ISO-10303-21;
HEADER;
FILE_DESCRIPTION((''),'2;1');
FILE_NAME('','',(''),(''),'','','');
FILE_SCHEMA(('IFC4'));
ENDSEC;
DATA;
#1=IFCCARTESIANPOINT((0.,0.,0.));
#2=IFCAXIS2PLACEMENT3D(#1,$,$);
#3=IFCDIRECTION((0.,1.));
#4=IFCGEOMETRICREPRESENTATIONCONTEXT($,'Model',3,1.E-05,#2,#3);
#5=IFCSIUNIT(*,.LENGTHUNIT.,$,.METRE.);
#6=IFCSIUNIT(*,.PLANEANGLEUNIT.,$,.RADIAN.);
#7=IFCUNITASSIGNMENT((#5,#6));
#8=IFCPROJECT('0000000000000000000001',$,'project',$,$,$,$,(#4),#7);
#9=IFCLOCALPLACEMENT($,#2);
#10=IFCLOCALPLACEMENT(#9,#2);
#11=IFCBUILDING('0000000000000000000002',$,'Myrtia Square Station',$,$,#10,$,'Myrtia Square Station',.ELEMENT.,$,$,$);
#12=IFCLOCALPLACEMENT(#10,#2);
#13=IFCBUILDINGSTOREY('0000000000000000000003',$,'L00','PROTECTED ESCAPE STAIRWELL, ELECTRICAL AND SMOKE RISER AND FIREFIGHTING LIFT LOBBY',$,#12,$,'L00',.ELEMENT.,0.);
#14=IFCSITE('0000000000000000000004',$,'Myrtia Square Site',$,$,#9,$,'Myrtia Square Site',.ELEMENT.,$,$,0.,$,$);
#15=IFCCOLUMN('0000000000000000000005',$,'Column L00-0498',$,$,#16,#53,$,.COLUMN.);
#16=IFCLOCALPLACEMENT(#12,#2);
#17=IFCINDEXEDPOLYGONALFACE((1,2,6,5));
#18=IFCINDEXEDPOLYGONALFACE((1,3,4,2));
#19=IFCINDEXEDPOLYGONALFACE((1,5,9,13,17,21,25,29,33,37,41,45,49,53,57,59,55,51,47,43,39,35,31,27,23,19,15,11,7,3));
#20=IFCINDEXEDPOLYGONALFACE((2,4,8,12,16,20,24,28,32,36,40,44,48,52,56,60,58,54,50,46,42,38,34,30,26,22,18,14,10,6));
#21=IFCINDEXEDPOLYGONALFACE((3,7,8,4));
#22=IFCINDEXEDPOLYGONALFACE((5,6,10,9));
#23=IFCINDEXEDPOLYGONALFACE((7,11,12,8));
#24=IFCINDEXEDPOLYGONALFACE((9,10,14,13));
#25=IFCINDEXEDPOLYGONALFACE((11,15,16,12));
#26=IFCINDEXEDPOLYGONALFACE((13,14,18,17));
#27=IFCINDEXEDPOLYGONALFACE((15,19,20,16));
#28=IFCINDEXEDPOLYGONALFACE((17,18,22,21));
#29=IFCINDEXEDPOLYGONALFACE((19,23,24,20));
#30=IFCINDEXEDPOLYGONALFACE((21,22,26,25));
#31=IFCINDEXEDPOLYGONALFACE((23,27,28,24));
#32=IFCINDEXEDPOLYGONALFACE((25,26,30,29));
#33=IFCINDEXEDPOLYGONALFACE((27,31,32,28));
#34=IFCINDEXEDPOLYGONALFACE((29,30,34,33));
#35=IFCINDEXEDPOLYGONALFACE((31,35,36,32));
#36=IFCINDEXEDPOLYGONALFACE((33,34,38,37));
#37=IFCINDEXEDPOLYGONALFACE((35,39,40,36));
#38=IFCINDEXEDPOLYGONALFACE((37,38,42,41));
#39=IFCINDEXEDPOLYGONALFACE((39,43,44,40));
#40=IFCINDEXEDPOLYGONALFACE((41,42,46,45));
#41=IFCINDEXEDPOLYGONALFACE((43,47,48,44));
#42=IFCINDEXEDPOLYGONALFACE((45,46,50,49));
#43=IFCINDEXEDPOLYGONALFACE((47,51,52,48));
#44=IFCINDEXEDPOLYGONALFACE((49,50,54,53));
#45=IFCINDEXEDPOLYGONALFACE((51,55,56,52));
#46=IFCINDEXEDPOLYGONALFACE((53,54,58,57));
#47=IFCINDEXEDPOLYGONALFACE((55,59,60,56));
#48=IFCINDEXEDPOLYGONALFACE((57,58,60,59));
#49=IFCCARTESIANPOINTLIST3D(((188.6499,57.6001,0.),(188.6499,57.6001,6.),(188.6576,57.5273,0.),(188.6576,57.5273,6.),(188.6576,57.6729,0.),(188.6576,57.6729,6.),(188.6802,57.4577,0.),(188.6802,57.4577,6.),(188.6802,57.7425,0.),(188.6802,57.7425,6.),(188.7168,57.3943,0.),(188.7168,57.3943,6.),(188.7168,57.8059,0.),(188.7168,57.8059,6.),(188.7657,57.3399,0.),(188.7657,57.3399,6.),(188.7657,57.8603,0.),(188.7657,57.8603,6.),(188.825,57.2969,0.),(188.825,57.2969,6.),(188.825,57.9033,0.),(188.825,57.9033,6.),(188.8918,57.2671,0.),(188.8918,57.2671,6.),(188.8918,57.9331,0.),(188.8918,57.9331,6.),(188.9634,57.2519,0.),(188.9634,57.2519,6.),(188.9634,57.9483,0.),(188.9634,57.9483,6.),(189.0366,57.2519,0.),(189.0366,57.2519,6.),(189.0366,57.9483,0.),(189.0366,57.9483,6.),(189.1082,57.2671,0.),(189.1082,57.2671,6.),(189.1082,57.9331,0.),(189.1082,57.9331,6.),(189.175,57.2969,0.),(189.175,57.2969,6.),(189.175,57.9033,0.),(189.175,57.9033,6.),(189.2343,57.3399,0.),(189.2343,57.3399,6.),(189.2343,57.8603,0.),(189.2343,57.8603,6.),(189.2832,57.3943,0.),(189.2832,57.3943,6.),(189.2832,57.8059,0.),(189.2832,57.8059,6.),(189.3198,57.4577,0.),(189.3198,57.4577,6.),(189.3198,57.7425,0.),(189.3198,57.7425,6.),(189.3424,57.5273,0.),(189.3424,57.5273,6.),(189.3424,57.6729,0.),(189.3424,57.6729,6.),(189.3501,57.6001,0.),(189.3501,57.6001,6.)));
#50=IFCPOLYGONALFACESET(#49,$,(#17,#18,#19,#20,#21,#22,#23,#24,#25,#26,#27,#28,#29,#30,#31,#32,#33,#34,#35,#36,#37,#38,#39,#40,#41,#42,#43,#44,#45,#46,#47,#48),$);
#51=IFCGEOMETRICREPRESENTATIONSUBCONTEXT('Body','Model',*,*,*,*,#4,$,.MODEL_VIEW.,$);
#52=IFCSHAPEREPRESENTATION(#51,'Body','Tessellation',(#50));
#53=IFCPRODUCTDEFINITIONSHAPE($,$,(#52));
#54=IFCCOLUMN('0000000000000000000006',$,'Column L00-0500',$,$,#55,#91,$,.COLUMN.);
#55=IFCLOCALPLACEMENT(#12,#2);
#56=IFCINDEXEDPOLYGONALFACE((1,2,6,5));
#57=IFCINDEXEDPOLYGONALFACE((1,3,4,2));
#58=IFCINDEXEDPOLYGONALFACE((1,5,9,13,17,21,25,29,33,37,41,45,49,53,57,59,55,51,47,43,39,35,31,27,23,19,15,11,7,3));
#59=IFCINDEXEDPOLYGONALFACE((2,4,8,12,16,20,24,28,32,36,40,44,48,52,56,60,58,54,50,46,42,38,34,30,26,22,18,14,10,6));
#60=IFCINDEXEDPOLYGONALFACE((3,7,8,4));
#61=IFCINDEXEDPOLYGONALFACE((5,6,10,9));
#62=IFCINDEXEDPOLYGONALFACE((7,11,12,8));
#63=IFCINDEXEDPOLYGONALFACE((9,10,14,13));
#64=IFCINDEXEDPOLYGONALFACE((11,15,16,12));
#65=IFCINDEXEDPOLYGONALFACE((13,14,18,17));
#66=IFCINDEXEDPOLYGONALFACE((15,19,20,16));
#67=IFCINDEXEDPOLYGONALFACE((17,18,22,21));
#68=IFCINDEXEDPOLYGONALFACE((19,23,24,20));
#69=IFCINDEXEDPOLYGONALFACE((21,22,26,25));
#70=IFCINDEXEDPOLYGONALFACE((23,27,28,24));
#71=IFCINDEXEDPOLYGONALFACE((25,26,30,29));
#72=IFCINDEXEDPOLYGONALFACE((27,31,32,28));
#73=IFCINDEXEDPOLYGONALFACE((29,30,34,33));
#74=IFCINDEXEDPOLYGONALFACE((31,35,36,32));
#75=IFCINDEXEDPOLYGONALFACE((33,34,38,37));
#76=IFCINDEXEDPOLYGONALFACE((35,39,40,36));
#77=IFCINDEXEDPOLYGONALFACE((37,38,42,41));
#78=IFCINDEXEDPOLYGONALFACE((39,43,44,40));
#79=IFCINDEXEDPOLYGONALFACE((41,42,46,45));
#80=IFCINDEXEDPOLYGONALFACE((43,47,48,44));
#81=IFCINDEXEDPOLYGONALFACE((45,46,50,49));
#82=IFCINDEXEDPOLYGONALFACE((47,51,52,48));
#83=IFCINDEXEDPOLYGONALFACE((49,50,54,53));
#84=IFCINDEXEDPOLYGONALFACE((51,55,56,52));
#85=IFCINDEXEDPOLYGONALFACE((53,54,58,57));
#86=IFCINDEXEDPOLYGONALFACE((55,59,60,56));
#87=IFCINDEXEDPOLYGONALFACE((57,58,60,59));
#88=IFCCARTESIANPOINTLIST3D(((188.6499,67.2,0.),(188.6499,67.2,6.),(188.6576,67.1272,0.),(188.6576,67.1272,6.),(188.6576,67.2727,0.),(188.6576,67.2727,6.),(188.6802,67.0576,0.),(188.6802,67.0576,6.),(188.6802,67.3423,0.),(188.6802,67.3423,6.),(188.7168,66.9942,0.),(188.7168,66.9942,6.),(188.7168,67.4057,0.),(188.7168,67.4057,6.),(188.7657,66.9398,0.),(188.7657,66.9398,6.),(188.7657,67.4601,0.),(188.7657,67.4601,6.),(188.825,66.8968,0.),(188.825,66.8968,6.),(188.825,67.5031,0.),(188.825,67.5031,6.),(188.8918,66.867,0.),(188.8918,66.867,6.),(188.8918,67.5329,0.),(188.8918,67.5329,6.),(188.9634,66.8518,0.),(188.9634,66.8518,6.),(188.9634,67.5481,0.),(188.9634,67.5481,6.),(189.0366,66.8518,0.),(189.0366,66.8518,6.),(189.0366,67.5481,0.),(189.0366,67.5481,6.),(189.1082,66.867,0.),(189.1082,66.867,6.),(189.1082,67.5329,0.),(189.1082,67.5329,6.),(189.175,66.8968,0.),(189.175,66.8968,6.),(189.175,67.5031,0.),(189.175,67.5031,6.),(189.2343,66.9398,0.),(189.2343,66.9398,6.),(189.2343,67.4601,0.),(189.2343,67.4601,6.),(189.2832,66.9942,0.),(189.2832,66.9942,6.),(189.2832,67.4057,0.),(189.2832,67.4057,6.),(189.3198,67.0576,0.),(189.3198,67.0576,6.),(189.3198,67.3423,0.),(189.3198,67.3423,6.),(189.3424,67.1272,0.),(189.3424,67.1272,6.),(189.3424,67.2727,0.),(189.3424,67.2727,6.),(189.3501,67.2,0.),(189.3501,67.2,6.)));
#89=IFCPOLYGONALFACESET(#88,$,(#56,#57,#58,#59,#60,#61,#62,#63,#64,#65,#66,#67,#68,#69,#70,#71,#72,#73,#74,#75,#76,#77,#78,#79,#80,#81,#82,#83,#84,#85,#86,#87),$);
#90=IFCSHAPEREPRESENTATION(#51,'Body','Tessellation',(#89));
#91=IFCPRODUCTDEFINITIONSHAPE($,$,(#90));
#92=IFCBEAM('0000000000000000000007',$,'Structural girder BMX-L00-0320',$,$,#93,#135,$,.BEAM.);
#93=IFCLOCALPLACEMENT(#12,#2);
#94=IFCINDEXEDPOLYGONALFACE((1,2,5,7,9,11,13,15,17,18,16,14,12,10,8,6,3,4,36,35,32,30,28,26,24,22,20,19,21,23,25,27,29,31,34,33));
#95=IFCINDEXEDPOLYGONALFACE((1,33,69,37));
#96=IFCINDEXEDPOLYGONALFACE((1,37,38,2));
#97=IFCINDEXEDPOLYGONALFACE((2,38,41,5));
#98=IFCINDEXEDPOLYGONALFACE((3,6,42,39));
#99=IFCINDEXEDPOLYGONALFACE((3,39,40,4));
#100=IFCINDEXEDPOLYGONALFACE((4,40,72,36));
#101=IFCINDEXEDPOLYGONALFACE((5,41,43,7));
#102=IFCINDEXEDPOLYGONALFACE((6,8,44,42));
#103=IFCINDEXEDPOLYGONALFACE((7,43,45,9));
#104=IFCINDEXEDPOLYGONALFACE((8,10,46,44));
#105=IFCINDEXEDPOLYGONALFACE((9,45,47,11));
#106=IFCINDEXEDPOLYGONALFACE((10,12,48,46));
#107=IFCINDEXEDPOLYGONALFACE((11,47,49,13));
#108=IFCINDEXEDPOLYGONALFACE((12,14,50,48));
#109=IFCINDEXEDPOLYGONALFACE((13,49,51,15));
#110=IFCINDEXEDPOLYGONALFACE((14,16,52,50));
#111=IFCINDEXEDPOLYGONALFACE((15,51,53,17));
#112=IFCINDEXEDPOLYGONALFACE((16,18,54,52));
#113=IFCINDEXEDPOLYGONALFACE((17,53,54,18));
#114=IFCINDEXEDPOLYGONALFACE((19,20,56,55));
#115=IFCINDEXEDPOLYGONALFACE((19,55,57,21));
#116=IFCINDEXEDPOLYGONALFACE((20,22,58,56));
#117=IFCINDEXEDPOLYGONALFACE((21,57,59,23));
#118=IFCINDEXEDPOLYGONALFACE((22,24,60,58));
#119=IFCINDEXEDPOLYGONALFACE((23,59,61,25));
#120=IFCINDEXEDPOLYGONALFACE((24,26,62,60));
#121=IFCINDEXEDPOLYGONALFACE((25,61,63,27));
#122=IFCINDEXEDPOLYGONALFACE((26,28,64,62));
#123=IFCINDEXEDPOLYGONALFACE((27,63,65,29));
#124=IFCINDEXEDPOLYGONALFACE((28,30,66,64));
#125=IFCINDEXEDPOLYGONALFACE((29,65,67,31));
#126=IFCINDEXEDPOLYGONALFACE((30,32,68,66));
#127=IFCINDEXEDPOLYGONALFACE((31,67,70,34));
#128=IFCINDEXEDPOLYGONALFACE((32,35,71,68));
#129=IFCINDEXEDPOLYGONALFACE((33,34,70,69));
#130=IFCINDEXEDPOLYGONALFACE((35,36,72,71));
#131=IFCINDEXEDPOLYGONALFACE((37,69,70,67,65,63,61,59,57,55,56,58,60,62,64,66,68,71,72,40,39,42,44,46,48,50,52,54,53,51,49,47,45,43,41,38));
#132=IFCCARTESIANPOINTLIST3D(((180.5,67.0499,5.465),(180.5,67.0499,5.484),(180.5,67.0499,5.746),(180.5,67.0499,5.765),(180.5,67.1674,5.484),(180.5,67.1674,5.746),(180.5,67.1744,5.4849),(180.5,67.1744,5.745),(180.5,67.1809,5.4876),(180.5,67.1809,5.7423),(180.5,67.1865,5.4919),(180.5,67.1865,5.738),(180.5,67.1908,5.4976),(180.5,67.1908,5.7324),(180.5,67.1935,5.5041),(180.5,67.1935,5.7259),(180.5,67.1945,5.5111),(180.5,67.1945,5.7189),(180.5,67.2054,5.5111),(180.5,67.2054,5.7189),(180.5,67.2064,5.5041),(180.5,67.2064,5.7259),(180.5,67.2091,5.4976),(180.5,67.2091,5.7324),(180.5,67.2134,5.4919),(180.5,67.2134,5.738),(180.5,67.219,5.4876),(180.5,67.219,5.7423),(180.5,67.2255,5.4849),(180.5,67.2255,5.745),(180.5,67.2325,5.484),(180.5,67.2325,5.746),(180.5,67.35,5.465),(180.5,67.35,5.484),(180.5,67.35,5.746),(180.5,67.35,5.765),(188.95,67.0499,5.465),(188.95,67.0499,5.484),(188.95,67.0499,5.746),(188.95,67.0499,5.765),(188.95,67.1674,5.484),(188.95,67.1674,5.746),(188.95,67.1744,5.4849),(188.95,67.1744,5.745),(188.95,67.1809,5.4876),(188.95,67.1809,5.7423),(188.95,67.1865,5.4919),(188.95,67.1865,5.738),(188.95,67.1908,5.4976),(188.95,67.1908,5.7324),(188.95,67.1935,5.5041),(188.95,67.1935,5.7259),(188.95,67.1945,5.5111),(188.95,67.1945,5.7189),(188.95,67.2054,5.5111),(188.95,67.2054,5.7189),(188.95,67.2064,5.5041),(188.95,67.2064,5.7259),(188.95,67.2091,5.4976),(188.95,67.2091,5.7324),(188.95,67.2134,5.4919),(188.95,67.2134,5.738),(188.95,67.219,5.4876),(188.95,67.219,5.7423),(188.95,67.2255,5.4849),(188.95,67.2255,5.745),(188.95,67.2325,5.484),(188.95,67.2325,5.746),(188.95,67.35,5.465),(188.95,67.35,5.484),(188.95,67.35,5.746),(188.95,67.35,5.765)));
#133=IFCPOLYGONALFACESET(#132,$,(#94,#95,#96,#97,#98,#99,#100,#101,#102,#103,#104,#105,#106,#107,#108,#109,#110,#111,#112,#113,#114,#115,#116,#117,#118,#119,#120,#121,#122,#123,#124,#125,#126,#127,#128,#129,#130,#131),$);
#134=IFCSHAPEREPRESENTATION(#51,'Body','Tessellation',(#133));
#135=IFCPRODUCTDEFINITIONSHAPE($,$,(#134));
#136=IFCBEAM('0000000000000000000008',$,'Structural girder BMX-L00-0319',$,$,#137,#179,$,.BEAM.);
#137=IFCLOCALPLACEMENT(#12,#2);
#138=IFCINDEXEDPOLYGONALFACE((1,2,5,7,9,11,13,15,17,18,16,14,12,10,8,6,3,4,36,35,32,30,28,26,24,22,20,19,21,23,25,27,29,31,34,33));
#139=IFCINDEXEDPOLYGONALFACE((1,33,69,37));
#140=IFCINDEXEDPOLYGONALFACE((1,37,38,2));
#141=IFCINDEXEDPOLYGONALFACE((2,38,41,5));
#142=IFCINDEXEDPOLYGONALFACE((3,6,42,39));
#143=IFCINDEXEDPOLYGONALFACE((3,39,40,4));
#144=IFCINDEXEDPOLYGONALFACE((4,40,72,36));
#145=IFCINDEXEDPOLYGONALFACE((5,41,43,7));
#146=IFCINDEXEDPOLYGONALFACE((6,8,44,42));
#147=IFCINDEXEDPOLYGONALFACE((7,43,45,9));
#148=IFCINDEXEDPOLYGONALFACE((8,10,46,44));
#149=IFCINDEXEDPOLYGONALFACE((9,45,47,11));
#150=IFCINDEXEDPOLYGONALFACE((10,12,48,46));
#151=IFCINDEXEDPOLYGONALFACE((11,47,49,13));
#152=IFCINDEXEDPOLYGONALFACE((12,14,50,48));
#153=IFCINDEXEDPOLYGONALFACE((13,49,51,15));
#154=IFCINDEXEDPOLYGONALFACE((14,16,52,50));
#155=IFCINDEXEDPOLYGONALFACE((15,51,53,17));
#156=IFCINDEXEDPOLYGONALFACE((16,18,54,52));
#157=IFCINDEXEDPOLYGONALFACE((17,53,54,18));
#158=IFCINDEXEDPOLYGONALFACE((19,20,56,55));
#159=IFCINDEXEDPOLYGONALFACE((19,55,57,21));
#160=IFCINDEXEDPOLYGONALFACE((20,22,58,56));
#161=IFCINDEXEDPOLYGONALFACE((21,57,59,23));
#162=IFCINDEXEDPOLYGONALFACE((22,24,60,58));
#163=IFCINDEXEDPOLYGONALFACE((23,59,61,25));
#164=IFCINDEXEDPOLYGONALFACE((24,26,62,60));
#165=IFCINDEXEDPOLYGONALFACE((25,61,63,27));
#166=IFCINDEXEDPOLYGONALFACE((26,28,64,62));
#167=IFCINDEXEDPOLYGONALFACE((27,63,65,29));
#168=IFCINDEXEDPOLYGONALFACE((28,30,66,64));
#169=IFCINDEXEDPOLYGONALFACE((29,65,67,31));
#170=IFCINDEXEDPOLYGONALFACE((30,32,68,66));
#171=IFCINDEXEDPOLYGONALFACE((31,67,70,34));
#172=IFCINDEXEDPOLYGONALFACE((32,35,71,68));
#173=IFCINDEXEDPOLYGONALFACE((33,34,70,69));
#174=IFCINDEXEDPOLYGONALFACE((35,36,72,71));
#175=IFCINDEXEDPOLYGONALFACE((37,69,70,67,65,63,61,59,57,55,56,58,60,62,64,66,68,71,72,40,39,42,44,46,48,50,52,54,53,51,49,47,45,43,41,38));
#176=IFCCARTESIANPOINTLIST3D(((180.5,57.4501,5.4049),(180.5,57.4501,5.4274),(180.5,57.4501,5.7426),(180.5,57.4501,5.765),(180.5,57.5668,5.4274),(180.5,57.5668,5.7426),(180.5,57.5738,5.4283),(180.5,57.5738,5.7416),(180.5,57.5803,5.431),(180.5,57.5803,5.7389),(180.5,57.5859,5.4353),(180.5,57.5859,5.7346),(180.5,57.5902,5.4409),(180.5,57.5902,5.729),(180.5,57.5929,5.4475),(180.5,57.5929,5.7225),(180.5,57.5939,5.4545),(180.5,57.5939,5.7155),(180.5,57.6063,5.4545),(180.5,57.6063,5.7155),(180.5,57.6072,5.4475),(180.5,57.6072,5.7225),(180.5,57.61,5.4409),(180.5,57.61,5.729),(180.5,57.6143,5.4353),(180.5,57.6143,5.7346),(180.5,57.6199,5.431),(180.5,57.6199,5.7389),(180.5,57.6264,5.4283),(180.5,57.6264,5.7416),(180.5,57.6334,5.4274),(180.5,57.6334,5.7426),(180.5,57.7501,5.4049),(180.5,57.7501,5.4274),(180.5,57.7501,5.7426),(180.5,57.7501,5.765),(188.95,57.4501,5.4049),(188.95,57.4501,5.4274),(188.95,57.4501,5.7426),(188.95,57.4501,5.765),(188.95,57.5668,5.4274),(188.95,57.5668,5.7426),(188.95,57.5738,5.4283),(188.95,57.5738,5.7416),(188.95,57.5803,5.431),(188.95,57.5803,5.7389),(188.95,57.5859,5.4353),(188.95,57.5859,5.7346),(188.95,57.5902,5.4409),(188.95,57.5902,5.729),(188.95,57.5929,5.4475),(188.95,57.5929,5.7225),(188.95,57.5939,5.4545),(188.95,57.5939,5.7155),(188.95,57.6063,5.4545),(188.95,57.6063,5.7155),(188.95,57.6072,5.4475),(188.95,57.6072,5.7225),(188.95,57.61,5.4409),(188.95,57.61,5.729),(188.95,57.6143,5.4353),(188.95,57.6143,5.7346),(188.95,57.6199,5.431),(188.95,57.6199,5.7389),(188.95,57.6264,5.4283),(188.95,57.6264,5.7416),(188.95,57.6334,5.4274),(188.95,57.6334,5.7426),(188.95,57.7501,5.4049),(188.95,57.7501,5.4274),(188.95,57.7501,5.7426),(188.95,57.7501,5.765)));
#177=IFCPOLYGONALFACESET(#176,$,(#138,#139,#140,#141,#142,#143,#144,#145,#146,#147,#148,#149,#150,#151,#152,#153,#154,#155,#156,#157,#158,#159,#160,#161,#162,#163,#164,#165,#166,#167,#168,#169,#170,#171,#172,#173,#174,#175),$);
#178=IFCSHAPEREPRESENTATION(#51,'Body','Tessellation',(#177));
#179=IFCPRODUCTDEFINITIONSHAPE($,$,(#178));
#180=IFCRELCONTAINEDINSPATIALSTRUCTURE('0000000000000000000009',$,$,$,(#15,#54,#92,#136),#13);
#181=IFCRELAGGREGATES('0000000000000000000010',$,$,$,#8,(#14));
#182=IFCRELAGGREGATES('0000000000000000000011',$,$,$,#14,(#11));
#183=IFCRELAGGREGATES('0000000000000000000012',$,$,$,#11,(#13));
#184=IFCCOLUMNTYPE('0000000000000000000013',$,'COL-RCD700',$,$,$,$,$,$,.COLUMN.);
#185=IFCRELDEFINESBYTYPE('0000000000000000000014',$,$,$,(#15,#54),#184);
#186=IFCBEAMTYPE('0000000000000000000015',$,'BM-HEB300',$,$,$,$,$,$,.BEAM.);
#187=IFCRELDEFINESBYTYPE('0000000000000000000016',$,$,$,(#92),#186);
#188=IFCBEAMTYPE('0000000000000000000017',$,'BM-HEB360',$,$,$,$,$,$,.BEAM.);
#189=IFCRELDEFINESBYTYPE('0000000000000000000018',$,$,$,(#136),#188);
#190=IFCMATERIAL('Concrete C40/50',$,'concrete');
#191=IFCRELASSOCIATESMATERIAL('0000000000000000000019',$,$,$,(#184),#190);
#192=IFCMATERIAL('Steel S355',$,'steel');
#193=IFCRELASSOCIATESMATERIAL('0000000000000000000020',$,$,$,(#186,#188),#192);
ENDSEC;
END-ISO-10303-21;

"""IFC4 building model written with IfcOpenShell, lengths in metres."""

from ifc_helpers import new_model, si_unit, direction, frame, origin, origin_2d, place, context, subcontext, project, spatial, circle, i_section, extrude, material, material_profile, profile_set, type_object, element, save


model = new_model("IFC4")

# Units and contexts
model_context = context("Model", 3, precision=1e-05, world=origin(), true_north=direction((0.0, 1.0)))
body_context = subcontext(model_context, "Body", "Model", "MODEL_VIEW")
ifc_project = project(units=[si_unit("LENGTHUNIT", "METRE"), si_unit("PLANEANGLEUNIT", "RADIAN")], contexts=[model_context])

# Site, building, storey
site_placement = place(None, origin())
site = spatial("IfcSite", under=ifc_project, at=site_placement, Name="Myrtia Square Site", LongName="Myrtia Square Site", CompositionType="ELEMENT", RefElevation=0.0)
building_placement = place(site_placement, origin())
building = spatial("IfcBuilding", under=site, at=building_placement, Name="Myrtia Square Station", LongName="Myrtia Square Station", CompositionType="ELEMENT")
storey_placement = place(building_placement, origin())
storey = spatial("IfcBuildingStorey", under=building, at=storey_placement, Name="L00", Description="PROTECTED ESCAPE STAIRWELL, ELECTRICAL AND SMOKE RISER AND FIREFIGHTING LIFT LOBBY", LongName="L00", CompositionType="ELEMENT", Elevation=0.0)

# Columns
ifc_material_1 = material(Name="Concrete C40/50", Category="concrete")
ifc_material_profile_1 = material_profile(ifc_material_1, circle(Radius=0.3501, at=origin_2d()), Name="RC D700")
ifc_profile_set_1 = profile_set([ifc_material_profile_1], Name="Concrete C40/50")
column_type = type_object("IfcColumnType", Name="COL-RCD700", PredefinedType="COLUMN", material=ifc_profile_set_1)
for number, where, z_axis, x_axis, name in (
    (1, (189.0, 57.6001, 0.0), (0.0, 0.0, 1.0), (1.0, 0.0, 0.0), "Column L00-0498"),
    (2, (189.0, 67.2, 0.0), (0.0, 0.0, 1.0), (1.0, 0.0, 0.0), "Column L00-0500"),
):
    element("IfcColumn", number, at=place(storey_placement, frame(where, z_axis=z_axis, x_axis=x_axis)), inside=storey, type_object=column_type, Name=name, PredefinedType="COLUMN", context=body_context, shape_type="SweptSolid", body=[
        extrude(circle(Radius=0.3501, at=origin_2d()), origin(), (0.0, 0.0, 1.0), 6.0),
    ])

# Beams
ifc_material_2 = material(Name="Steel S355", Category="steel")
ifc_material_profile_2 = material_profile(ifc_material_2, i_section(OverallWidth=0.3, OverallDepth=0.3, WebThickness=0.011, FlangeThickness=0.019, FilletRadius=0.0271, at=origin_2d()), Name="HEB 300")
ifc_profile_set_2 = profile_set([ifc_material_profile_2], Name="Steel S355")
beam_type_1 = type_object("IfcBeamType", Name="BM-HEB300", PredefinedType="BEAM", material=ifc_profile_set_2)
beam_1_placement = place(storey_placement, frame((180.5, 67.2, 5.615), z_axis=(1.0, 0.0, 0.0), x_axis=(0.0, 1.0, 0.0)))
element("IfcBeam", 3, at=beam_1_placement, inside=storey, type_object=beam_type_1, Name="Structural girder BMX-L00-0320", PredefinedType="BEAM", context=body_context, shape_type="SweptSolid", body=[
    extrude(i_section(OverallWidth=0.3, OverallDepth=0.3, WebThickness=0.011, FlangeThickness=0.019, FilletRadius=0.0271, at=origin_2d()), origin(), (0.0, 0.0, 1.0), 8.45),
])
ifc_material_profile_3 = material_profile(ifc_material_2, i_section(OverallWidth=0.3, OverallDepth=0.3601, WebThickness=0.0125, FlangeThickness=0.0225, FilletRadius=0.0271, at=origin_2d()), Name="HEB 360")
ifc_profile_set_3 = profile_set([ifc_material_profile_3], Name="Steel S355")
beam_type_2 = type_object("IfcBeamType", Name="BM-HEB360", PredefinedType="BEAM", material=ifc_profile_set_3)
beam_2_placement = place(storey_placement, frame((180.5, 57.6001, 5.585), z_axis=(1.0, 0.0, 0.0), x_axis=(0.0, 1.0, 0.0)))
element("IfcBeam", 4, at=beam_2_placement, inside=storey, type_object=beam_type_2, Name="Structural girder BMX-L00-0319", PredefinedType="BEAM", context=body_context, shape_type="SweptSolid", body=[
    extrude(i_section(OverallWidth=0.3, OverallDepth=0.3601, WebThickness=0.0125, FlangeThickness=0.0225, FilletRadius=0.0271, at=origin_2d()), origin(), (0.0, 0.0, 1.0), 8.45),
])

save(model, "model.ifc")
